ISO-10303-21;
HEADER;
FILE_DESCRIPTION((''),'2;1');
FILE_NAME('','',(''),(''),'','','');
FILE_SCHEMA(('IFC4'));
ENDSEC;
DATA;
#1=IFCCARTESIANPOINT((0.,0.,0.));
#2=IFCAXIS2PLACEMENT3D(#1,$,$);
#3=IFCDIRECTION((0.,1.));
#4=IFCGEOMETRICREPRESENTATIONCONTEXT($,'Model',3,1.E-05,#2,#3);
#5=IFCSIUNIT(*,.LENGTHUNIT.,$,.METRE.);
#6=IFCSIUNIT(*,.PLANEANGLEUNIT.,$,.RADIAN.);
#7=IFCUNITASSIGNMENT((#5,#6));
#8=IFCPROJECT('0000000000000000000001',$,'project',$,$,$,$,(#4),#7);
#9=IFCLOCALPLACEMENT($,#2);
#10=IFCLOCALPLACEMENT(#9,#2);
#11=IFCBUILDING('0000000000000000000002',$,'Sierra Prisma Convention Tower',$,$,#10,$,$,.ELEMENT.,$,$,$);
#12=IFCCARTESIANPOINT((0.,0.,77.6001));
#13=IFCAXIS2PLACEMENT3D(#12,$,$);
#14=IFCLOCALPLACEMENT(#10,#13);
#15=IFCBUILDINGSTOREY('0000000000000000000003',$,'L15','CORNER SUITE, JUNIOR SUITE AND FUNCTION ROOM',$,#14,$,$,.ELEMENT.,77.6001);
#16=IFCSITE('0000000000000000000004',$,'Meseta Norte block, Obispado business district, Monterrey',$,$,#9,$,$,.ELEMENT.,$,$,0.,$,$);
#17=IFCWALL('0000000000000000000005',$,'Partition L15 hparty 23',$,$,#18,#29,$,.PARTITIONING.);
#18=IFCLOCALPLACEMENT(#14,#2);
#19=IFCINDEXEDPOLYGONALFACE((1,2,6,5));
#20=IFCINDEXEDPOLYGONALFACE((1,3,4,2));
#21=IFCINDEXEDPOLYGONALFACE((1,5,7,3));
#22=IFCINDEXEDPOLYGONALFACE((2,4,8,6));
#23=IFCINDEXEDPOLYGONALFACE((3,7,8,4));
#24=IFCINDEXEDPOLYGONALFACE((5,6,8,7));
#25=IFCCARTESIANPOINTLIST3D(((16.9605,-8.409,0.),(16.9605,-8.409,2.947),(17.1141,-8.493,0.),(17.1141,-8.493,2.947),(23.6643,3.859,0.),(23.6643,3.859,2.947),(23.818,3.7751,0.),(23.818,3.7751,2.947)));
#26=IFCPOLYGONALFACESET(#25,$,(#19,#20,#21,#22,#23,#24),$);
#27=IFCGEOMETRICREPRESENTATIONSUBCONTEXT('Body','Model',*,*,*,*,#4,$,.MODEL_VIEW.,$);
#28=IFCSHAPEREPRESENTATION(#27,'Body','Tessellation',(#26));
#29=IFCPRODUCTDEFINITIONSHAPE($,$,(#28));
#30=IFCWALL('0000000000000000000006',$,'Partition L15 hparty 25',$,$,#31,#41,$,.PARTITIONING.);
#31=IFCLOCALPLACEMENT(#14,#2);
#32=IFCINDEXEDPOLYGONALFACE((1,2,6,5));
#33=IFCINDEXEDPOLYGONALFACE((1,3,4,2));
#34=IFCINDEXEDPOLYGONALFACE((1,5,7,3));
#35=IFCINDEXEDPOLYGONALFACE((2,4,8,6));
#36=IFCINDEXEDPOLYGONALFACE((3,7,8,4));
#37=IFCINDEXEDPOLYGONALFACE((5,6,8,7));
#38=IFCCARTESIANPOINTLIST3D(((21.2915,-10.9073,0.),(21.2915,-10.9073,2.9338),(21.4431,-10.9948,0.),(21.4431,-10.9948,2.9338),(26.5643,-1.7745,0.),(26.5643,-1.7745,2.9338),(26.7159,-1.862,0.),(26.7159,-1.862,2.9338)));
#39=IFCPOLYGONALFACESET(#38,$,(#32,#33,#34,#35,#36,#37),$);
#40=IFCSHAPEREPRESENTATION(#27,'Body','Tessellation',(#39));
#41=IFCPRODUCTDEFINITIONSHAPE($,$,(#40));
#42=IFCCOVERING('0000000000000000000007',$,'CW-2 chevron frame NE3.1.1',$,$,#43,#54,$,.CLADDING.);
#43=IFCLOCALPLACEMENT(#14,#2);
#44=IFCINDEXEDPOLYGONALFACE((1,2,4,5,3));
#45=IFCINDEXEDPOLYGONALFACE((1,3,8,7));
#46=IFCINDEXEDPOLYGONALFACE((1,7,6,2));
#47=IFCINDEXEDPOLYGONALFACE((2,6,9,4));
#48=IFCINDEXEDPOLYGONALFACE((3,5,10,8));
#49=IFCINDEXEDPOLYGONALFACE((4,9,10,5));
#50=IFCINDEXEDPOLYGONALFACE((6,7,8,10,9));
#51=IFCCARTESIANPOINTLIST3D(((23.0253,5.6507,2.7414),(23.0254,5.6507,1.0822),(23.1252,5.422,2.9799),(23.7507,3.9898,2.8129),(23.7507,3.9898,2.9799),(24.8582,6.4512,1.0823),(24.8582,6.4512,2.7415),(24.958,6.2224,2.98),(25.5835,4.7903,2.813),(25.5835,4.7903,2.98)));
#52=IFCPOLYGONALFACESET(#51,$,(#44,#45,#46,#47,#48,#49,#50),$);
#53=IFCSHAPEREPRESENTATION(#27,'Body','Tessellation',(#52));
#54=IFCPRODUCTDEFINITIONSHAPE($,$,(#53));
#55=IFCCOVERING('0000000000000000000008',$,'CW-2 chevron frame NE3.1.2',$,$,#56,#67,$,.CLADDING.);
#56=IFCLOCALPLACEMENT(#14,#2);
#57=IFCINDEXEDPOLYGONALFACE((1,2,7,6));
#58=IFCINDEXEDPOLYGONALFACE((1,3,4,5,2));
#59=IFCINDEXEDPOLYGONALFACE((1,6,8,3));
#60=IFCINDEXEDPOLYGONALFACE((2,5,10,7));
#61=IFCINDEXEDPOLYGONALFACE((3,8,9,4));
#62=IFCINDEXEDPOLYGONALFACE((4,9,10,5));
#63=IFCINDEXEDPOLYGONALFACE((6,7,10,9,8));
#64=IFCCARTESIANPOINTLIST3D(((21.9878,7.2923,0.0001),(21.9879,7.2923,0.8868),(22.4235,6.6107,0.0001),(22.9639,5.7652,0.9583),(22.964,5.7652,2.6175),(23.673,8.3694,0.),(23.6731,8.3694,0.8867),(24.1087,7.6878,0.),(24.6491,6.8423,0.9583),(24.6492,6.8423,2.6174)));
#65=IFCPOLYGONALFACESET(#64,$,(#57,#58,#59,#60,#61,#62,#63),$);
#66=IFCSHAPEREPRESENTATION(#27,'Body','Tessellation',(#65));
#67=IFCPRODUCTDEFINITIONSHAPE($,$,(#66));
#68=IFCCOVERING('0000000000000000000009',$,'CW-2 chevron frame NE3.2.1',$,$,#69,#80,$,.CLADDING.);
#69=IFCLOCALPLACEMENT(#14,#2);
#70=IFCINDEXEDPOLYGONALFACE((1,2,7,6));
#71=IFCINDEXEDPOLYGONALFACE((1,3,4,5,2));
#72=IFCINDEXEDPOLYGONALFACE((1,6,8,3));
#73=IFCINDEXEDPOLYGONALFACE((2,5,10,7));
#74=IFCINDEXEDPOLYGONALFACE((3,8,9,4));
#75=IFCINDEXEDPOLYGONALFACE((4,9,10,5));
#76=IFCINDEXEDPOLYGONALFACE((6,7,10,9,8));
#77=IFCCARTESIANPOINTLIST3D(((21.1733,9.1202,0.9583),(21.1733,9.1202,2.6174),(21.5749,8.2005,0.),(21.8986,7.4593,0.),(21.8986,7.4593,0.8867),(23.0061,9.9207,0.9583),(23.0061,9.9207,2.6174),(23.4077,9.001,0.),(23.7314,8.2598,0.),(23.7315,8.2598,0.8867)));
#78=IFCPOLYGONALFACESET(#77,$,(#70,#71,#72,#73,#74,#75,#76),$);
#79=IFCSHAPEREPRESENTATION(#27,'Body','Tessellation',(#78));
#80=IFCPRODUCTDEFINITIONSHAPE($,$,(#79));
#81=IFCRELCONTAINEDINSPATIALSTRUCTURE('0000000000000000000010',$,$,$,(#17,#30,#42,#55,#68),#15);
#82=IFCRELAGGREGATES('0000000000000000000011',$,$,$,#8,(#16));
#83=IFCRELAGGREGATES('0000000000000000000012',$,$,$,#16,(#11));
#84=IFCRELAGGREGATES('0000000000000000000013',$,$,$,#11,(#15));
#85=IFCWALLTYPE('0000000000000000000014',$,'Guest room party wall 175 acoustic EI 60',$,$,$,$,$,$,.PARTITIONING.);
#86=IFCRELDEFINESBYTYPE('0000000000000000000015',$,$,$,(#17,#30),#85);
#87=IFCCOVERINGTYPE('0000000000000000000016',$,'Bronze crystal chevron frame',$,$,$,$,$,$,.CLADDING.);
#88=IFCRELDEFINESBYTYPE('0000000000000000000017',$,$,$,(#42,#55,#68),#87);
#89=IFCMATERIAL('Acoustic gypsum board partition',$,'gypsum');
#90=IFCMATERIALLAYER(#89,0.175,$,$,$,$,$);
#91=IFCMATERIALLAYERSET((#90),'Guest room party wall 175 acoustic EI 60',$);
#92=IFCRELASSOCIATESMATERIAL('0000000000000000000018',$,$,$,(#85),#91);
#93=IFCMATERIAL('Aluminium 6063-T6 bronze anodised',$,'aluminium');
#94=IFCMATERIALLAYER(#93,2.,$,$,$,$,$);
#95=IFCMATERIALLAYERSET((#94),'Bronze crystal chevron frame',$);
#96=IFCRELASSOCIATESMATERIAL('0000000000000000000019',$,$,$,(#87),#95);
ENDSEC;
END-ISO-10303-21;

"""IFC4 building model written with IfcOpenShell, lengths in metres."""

from ifc_helpers import new_model, si_unit, direction, frame, frame_2d, origin, place, context, subcontext, project, spatial, polyline, rectangle, outline, extrude, material, layer, layer_set, type_object, element, save


model = new_model("IFC4")

# Units and contexts
model_context = context("Model", 3, precision=1e-05, world=origin(), true_north=direction((0.0, 1.0)))
body_context = subcontext(model_context, "Body", "Model", "MODEL_VIEW")
ifc_project = project(units=[si_unit("LENGTHUNIT", "METRE"), si_unit("PLANEANGLEUNIT", "RADIAN")], contexts=[model_context])

# Site, building, storey
site_placement = place(None, origin())
site = spatial("IfcSite", under=ifc_project, at=site_placement, Name="Meseta Norte block, Obispado business district, Monterrey", CompositionType="ELEMENT", RefElevation=0.0)
building_placement = place(site_placement, origin())
building = spatial("IfcBuilding", under=site, at=building_placement, Name="Sierra Prisma Convention Tower", CompositionType="ELEMENT")
storey_placement = place(building_placement, frame((0.0, 0.0, 77.6001)))
storey = spatial("IfcBuildingStorey", under=building, at=storey_placement, Name="L15", Description="CORNER SUITE, JUNIOR SUITE AND FUNCTION ROOM", CompositionType="ELEMENT", Elevation=77.6001)

# Walls
ifc_material_1 = material(Name="Acoustic gypsum board partition", Category="gypsum")
ifc_layer_1 = layer(ifc_material_1, 0.175)
ifc_layer_set_1 = layer_set([ifc_layer_1], Name="Guest room party wall 175 acoustic EI 60")
wall_type_1 = type_object("IfcWallType", Name="Guest room party wall 175 acoustic EI 60", PredefinedType="PARTITIONING", material=ifc_layer_set_1)
wall_1_placement = place(storey_placement, frame((23.7412, 3.8171, 0.0), z_axis=(0.0, 0.0, 1.0), x_axis=(-0.479524, -0.877529, 0.0)))
element("IfcWall", 1, at=wall_1_placement, inside=storey, type_object=wall_type_1, Name="Partition L15 hparty 23", PredefinedType="PARTITIONING", context=body_context, shape_type="SweptSolid", body=[
    extrude(rectangle(XDim=13.9802, YDim=0.175, at=frame_2d((6.9902, 0.0))), origin(), (0.0, 0.0, 1.0), 2.947),
])
wall_2_placement = place(storey_placement, frame((26.6401, -1.8181, 0.0), z_axis=(0.0, 0.0, 1.0), x_axis=(-0.499991, -0.866031, 0.0)))
element("IfcWall", 2, at=wall_2_placement, inside=storey, type_object=wall_type_1, Name="Partition L15 hparty 25", PredefinedType="PARTITIONING", context=body_context, shape_type="SweptSolid", body=[
    extrude(rectangle(XDim=10.5457, YDim=0.175, at=frame_2d((5.2729, 0.0))), origin(), (0.0, 0.0, 1.0), 2.9338),
])

# Coverings
ifc_material_2 = material(Name="Aluminium 6063-T6 bronze anodised", Category="aluminium")
ifc_layer_2 = layer(ifc_material_2, 2.0)
ifc_layer_set_2 = layer_set([ifc_layer_2], Name="Bronze crystal chevron frame")
covering_type = type_object("IfcCoveringType", Name="Bronze crystal chevron frame", PredefinedType="CLADDING", material=ifc_layer_set_2)
covering_1_placement = place(storey_placement, frame((25.5835, 4.7903, 2.98), z_axis=(0.916419, 0.400221, 0.000023), x_axis=(0.000021, 0.000009, -1.0)))
element("IfcCovering", 3, at=covering_1_placement, inside=storey, type_object=covering_type, Name="CW-2 chevron frame NE3.1.1", PredefinedType="CLADDING", context=body_context, shape_type="SweptSolid", body=[
    extrude(outline(polyline([(0.0, 0.0), (0.167, 0.0), (1.8977, 1.8124), (0.2385, 1.8124), (0.0, 1.5628), (0.0, 0.0)])), origin(), (0.0, 0.0, -1.0), 2.0),
])
covering_2_placement = place(storey_placement, frame((24.6492, 6.8423, 2.6174), z_axis=(0.8426, 0.538539, -0.000039), x_axis=(-0.000033, -0.000021, -1.0)))
element("IfcCovering", 4, at=covering_2_placement, inside=storey, type_object=covering_type, Name="CW-2 chevron frame NE3.1.2", PredefinedType="CLADDING", context=body_context, shape_type="SweptSolid", body=[
    extrude(outline(polyline([(0.0, 0.0), (1.6592, 0.0), (2.6174, 1.0035), (2.6174, 1.8124), (1.7307, 1.8124), (0.0, 0.0)])), origin(), (0.0, 0.0, -1.0), 2.0),
])
covering_3_placement = place(storey_placement, frame((23.7314, 8.2598, 0.0), z_axis=(0.916418, 0.400222, -0.000009), x_axis=(-0.400222, 0.916418, 0.0)))
element("IfcCovering", 5, at=covering_3_placement, inside=storey, type_object=covering_type, Name="CW-2 chevron frame NE3.2.1", PredefinedType="CLADDING", context=body_context, shape_type="SweptSolid", body=[
    extrude(outline(polyline([(0.0, 0.0), (0.8088, 0.0), (1.8124, 0.9583), (1.8124, 2.6174), (0.0, 0.8867), (0.0, 0.0)])), origin(), (0.0, 0.0, -1.0), 2.0),
])

save(model, "model.ifc")
